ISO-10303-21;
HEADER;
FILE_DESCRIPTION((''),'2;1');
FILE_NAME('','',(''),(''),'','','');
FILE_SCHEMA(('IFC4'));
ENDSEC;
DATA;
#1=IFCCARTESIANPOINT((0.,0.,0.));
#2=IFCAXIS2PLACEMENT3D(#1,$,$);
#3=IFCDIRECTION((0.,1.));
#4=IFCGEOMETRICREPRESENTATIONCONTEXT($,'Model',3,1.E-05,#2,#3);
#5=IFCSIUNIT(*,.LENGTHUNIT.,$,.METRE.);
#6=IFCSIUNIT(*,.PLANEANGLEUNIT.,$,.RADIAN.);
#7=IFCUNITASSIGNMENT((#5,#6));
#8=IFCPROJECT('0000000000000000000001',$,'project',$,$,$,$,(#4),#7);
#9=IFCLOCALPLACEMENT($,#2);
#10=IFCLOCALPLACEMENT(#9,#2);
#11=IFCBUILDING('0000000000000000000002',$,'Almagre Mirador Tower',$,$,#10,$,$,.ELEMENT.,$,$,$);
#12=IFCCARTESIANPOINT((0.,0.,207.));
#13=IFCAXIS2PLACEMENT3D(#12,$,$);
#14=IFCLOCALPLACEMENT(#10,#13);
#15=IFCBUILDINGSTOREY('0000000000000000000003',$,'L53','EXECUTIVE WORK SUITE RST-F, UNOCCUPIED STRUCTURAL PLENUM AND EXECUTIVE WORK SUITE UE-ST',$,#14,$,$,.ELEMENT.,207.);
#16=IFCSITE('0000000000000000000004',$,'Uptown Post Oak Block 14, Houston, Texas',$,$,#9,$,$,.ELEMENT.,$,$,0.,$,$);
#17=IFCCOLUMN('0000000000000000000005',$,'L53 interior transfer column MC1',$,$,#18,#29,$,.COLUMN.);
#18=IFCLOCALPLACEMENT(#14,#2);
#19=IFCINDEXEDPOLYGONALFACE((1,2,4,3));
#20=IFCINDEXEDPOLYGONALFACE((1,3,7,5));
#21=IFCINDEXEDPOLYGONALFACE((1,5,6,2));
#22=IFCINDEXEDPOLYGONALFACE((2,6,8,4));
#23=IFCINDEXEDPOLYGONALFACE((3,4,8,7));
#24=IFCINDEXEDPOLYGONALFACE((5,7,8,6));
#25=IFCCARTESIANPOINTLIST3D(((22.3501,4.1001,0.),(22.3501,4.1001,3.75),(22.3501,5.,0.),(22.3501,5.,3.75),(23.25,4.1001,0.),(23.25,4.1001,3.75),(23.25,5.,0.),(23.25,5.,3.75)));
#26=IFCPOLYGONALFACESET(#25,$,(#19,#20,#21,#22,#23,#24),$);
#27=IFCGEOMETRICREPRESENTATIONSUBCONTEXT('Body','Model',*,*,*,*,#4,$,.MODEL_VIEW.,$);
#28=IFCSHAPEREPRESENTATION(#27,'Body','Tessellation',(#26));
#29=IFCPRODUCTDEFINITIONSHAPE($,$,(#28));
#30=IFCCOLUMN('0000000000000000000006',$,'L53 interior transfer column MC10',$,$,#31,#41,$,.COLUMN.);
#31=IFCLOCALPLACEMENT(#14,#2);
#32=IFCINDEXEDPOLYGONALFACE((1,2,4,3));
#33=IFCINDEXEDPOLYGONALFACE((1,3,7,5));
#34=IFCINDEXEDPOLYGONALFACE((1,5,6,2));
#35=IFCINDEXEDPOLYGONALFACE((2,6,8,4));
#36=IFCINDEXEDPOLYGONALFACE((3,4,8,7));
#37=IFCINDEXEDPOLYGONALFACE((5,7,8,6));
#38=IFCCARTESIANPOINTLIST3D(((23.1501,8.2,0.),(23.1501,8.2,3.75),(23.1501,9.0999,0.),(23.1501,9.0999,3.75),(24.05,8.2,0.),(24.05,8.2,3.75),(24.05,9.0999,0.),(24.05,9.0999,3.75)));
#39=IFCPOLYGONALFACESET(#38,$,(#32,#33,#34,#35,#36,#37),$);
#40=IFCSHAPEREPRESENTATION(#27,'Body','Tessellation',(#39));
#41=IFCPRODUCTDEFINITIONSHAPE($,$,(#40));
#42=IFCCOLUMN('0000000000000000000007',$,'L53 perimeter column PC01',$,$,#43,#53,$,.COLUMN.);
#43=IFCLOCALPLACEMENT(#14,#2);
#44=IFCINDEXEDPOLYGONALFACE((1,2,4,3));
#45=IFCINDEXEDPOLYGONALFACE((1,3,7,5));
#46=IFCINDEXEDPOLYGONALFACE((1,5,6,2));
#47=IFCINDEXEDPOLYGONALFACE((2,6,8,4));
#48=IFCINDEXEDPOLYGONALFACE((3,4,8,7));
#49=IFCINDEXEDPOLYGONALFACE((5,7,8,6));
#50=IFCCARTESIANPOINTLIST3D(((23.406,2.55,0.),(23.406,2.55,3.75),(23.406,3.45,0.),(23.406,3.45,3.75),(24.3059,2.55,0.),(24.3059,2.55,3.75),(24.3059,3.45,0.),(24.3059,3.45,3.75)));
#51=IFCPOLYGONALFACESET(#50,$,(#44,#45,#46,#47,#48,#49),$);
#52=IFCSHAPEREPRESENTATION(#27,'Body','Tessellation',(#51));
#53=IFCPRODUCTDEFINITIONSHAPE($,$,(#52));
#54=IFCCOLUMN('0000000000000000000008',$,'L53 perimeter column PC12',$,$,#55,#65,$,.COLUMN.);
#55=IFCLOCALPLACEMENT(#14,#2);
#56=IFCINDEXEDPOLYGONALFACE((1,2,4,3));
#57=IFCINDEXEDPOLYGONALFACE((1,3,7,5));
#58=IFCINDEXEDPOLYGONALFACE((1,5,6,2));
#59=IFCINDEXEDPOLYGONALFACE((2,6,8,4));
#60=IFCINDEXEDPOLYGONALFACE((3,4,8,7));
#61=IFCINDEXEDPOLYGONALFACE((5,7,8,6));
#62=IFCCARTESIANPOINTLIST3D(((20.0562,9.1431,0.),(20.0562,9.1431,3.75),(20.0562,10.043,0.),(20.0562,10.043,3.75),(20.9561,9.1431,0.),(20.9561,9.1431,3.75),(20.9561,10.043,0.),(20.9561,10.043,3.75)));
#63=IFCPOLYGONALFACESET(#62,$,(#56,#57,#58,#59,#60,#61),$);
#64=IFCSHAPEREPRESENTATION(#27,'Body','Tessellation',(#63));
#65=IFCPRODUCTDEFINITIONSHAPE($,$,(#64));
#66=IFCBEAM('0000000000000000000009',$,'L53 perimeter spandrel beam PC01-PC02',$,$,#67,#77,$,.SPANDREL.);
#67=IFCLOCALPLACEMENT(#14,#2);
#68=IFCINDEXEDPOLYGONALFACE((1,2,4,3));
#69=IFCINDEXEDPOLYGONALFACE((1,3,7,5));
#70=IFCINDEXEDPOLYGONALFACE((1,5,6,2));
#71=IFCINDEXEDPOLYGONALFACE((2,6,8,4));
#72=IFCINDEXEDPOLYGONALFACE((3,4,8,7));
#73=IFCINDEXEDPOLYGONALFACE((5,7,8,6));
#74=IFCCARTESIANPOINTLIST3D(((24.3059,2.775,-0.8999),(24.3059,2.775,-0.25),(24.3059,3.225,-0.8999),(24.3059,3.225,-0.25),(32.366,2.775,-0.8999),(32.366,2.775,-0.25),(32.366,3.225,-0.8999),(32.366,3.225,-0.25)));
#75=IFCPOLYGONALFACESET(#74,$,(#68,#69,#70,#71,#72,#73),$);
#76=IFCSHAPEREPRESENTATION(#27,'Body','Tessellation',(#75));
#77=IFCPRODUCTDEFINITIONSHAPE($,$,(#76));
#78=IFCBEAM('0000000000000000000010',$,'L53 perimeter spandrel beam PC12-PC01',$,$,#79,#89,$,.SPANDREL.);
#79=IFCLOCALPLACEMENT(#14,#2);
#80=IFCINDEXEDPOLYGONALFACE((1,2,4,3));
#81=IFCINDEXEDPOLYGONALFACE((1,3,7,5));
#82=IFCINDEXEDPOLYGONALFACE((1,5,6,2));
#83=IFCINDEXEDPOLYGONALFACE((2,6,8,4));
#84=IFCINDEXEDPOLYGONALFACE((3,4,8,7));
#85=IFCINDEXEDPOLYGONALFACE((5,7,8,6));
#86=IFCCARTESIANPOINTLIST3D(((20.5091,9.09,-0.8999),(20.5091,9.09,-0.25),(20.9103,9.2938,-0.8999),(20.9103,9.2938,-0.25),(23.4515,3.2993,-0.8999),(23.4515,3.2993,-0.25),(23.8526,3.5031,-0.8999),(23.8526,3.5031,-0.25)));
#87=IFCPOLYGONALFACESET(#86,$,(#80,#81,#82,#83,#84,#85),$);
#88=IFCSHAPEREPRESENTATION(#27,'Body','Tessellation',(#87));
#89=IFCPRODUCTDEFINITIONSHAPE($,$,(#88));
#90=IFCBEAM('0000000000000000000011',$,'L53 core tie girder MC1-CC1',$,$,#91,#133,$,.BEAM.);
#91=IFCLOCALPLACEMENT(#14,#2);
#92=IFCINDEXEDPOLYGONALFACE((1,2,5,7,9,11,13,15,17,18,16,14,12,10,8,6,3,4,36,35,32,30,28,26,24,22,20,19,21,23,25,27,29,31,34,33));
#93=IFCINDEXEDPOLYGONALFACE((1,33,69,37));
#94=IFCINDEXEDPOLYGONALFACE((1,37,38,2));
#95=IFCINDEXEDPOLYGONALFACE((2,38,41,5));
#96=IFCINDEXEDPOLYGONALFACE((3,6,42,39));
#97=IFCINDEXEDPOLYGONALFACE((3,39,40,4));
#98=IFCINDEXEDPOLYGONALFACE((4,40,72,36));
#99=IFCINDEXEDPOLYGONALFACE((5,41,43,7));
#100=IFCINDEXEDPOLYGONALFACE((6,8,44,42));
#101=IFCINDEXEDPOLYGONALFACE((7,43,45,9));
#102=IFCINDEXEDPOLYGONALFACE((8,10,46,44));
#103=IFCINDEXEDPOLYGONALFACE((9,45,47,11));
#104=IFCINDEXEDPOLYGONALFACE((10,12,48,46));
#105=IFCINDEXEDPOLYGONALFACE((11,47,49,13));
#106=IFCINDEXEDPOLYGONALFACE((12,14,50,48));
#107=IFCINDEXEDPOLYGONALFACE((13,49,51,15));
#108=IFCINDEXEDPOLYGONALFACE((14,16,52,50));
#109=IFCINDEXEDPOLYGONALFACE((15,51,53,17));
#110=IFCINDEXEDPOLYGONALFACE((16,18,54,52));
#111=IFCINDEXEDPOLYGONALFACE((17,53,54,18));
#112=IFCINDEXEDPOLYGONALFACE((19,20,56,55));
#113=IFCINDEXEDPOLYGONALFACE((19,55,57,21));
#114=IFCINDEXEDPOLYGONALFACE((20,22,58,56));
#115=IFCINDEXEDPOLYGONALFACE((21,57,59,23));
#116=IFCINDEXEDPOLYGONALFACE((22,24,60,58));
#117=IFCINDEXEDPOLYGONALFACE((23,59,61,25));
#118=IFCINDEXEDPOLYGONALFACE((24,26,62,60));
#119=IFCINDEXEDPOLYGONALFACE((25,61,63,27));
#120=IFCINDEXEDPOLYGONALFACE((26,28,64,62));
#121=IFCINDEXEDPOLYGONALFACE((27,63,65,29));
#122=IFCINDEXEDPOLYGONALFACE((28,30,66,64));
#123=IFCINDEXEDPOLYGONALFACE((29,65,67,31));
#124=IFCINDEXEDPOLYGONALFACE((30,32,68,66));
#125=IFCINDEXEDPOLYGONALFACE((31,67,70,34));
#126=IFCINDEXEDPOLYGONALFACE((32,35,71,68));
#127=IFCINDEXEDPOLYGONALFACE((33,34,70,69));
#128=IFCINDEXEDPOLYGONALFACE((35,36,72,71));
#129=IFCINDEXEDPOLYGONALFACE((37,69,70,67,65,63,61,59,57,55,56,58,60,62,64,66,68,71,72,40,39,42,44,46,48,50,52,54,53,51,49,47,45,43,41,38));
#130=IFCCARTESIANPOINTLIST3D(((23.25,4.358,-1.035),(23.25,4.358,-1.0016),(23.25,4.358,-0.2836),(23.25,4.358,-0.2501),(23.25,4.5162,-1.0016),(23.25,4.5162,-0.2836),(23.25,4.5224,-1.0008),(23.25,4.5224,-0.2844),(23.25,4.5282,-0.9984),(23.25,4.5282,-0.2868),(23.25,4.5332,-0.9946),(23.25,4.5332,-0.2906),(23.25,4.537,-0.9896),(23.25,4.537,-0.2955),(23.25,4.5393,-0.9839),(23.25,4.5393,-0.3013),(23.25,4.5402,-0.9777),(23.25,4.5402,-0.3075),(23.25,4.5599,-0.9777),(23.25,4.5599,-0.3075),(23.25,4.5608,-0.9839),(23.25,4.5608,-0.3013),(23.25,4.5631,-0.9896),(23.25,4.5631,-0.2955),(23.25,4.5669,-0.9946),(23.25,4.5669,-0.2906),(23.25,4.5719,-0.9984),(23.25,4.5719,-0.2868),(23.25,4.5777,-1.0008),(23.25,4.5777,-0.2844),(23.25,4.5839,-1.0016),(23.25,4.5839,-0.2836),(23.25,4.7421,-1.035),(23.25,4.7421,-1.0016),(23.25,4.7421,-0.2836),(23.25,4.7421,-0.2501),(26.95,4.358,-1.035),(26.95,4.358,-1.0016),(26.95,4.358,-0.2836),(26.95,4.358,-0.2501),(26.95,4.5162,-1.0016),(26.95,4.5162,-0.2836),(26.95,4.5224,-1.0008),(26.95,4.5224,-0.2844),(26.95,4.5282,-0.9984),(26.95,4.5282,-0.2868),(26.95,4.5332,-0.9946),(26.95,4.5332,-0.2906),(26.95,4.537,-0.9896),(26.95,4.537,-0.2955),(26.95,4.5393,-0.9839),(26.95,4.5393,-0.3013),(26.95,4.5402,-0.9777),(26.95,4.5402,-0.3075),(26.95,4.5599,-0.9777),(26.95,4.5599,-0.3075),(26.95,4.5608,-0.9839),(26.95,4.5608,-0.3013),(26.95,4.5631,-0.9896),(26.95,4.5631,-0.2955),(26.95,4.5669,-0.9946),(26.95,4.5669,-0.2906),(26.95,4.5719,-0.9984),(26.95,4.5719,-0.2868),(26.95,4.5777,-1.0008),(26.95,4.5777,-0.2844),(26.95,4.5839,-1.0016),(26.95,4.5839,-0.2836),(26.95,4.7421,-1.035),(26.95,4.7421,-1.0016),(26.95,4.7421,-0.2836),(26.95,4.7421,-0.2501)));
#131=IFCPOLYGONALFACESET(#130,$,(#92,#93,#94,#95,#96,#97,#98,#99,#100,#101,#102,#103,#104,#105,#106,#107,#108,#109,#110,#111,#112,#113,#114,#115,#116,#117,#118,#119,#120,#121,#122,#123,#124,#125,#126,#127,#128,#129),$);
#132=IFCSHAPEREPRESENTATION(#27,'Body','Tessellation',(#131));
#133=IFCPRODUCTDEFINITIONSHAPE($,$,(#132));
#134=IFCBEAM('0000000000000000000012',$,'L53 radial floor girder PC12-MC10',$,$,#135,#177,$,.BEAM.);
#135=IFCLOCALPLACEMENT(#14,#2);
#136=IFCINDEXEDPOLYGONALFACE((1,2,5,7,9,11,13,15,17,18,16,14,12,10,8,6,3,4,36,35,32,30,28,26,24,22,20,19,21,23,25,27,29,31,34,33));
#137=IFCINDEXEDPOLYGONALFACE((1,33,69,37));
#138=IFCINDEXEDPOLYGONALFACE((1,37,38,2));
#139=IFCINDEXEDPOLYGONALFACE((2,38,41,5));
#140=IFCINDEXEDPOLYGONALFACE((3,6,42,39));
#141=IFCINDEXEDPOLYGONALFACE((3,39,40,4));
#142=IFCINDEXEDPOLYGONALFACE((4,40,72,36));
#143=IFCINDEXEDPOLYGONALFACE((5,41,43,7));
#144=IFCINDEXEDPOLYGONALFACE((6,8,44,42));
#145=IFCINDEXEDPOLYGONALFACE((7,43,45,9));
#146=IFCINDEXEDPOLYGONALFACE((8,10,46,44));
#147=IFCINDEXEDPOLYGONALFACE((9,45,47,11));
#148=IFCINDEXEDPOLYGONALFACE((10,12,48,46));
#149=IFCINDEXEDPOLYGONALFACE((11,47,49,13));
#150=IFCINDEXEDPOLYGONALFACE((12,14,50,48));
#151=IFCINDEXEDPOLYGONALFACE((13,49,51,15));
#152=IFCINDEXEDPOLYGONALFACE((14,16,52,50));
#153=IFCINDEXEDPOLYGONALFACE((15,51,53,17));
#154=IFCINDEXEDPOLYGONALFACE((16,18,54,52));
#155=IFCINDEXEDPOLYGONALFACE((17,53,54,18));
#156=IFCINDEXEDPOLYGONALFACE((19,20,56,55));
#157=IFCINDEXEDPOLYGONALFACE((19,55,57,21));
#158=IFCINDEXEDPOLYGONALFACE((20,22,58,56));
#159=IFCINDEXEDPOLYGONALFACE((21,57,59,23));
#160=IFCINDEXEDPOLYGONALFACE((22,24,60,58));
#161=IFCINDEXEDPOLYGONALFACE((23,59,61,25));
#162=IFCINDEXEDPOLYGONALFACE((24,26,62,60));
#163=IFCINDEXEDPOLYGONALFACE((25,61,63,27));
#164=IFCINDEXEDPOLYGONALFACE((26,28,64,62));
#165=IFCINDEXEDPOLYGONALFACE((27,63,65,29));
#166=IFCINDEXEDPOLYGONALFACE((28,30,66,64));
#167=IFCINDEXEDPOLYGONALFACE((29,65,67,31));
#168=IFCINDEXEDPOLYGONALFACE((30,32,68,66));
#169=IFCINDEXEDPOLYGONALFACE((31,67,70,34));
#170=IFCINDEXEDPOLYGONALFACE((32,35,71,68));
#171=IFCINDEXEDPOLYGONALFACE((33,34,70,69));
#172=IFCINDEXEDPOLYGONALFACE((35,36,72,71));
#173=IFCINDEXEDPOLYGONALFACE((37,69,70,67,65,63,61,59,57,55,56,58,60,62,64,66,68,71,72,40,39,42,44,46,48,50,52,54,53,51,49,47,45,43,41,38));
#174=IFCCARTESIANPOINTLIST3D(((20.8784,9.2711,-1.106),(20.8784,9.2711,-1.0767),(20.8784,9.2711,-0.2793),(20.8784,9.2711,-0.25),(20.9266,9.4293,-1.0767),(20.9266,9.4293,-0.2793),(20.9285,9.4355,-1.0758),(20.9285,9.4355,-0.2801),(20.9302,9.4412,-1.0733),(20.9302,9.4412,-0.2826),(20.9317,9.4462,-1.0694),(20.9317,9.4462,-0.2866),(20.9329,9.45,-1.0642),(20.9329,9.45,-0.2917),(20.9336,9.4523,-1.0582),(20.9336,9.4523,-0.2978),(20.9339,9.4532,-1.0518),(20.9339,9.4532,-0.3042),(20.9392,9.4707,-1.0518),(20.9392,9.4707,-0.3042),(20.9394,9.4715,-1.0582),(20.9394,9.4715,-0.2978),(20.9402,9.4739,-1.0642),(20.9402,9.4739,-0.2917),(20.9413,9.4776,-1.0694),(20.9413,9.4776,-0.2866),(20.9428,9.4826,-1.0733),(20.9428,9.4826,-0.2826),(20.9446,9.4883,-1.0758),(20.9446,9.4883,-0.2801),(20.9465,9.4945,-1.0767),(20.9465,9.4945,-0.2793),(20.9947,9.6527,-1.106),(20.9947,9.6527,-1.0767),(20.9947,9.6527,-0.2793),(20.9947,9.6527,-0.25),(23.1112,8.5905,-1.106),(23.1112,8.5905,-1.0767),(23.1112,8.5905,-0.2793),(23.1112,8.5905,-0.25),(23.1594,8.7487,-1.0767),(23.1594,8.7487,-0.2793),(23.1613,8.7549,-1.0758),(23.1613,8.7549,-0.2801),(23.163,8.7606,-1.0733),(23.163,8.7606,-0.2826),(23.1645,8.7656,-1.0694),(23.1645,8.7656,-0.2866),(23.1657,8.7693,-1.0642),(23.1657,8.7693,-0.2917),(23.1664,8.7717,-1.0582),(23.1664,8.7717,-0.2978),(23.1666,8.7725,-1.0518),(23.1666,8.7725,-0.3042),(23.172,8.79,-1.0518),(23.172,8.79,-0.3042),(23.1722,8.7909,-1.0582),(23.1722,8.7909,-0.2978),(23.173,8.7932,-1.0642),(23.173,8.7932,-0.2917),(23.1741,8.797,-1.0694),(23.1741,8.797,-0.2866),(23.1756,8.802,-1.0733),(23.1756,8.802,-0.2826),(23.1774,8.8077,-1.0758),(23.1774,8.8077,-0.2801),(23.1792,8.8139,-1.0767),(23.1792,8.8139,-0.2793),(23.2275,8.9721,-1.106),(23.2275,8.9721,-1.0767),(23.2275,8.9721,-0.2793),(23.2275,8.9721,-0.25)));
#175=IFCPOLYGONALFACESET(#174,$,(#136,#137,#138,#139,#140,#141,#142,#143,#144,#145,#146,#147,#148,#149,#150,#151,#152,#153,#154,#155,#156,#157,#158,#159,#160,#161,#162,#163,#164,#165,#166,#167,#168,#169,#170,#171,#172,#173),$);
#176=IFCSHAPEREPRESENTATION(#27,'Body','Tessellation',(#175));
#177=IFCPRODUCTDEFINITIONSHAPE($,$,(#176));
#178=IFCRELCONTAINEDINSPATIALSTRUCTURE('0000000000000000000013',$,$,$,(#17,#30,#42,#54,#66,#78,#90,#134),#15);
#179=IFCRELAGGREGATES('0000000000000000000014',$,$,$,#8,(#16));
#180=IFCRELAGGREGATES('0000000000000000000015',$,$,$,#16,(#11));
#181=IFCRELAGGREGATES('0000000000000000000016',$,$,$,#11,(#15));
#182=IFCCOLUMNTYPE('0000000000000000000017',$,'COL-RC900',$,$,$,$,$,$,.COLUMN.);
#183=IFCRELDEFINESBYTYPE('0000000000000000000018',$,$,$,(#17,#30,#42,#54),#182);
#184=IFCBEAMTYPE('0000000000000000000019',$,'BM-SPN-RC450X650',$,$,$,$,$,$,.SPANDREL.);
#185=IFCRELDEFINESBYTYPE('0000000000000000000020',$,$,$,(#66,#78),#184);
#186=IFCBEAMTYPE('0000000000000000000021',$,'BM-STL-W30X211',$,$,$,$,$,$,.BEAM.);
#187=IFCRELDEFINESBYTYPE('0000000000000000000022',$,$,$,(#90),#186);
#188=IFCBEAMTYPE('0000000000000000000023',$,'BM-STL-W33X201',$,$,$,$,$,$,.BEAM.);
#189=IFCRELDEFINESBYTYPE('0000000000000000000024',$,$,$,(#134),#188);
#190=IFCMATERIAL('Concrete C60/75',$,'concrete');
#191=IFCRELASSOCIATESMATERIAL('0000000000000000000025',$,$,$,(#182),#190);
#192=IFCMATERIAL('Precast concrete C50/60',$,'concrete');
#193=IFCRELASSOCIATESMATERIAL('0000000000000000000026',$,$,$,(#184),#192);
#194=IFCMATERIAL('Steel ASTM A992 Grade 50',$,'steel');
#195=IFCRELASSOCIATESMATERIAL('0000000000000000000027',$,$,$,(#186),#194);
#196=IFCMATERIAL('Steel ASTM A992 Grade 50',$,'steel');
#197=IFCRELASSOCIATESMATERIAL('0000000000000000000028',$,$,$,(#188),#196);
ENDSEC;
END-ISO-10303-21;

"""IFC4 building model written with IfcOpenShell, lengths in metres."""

from ifc_helpers import new_model, si_unit, direction, frame, origin, origin_2d, place, context, subcontext, project, spatial, rectangle, i_section, extrude, material, material_profile, profile_set, type_object, element, save


model = new_model("IFC4")

# Units and contexts
model_context = context("Model", 3, precision=1e-05, world=origin(), true_north=direction((0.0, 1.0)))
body_context = subcontext(model_context, "Body", "Model", "MODEL_VIEW")
ifc_project = project(units=[si_unit("LENGTHUNIT", "METRE"), si_unit("PLANEANGLEUNIT", "RADIAN")], contexts=[model_context])

# Site, building, storey
site_placement = place(None, origin())
site = spatial("IfcSite", under=ifc_project, at=site_placement, Name="Uptown Post Oak Block 14, Houston, Texas", CompositionType="ELEMENT", RefElevation=0.0)
building_placement = place(site_placement, origin())
building = spatial("IfcBuilding", under=site, at=building_placement, Name="Almagre Mirador Tower", CompositionType="ELEMENT")
storey_placement = place(building_placement, frame((0.0, 0.0, 207.0)))
storey = spatial("IfcBuildingStorey", under=building, at=storey_placement, Name="L53", Description="EXECUTIVE WORK SUITE RST-F, UNOCCUPIED STRUCTURAL PLENUM AND EXECUTIVE WORK SUITE UE-ST", CompositionType="ELEMENT", Elevation=207.0)

# Columns
ifc_material_1 = material(Name="Concrete C60/75", Category="concrete")
ifc_material_profile_1 = material_profile(ifc_material_1, rectangle(XDim=0.8999, YDim=0.8999, at=origin_2d()), Name="RC900X900")
ifc_profile_set_1 = profile_set([ifc_material_profile_1], Name="Concrete C60/75")
column_type = type_object("IfcColumnType", Name="COL-RC900", PredefinedType="COLUMN", material=ifc_profile_set_1)
for number, where, z_axis, x_axis, name in (
    (1, (22.8, 4.55, 0.0), (0.0, 0.0, 1.0), (1.0, 0.0, 0.0), "L53 interior transfer column MC1"),
    (2, (23.6001, 8.6499, 0.0), (0.0, 0.0, 1.0), (1.0, 0.0, 0.0), "L53 interior transfer column MC10"),
    (3, (23.856, 3.0, 0.0), (0.0, 0.0, 1.0), (1.0, 0.0, 0.0), "L53 perimeter column PC01"),
    (4, (20.5061, 9.593, 0.0), (0.0, 0.0, 1.0), (1.0, 0.0, 0.0), "L53 perimeter column PC12"),
):
    element("IfcColumn", number, at=place(storey_placement, frame(where, z_axis=z_axis, x_axis=x_axis)), inside=storey, type_object=column_type, Name=name, PredefinedType="COLUMN", context=body_context, shape_type="SweptSolid", body=[
        extrude(rectangle(XDim=0.8999, YDim=0.8999, at=origin_2d()), origin(), (0.0, 0.0, 1.0), 3.75),
    ])

# Beams
ifc_material_2 = material(Name="Precast concrete C50/60", Category="concrete")
ifc_material_profile_2 = material_profile(ifc_material_2, rectangle(XDim=0.45, YDim=0.6499, at=origin_2d()), Name="RC450X650")
ifc_profile_set_2 = profile_set([ifc_material_profile_2], Name="Precast concrete C50/60")
beam_type_1 = type_object("IfcBeamType", Name="BM-SPN-RC450X650", PredefinedType="SPANDREL", material=ifc_profile_set_2)
beam_1_placement = place(storey_placement, frame((24.3059, 3.0, -0.575), z_axis=(1.0, 0.0, 0.0), x_axis=(0.0, 1.0, 0.0)))
element("IfcBeam", 5, at=beam_1_placement, inside=storey, type_object=beam_type_1, Name="L53 perimeter spandrel beam PC01-PC02", PredefinedType="SPANDREL", context=body_context, shape_type="SweptSolid", body=[
    extrude(rectangle(XDim=0.45, YDim=0.6499, at=origin_2d()), origin(), (0.0, 0.0, 1.0), 8.0601),
])
beam_2_placement = place(storey_placement, frame((20.7097, 9.1919, -0.575), z_axis=(0.452993, -0.891514, 0.0), x_axis=(0.891514, 0.452993, 0.0)))
element("IfcBeam", 6, at=beam_2_placement, inside=storey, type_object=beam_type_1, Name="L53 perimeter spandrel beam PC12-PC01", PredefinedType="SPANDREL", context=body_context, shape_type="SweptSolid", body=[
    extrude(rectangle(XDim=0.45, YDim=0.6499, at=origin_2d()), origin(), (0.0, 0.0, 1.0), 6.4954),
])
ifc_material_3 = material(Name="Steel ASTM A992 Grade 50", Category="steel")
ifc_material_profile_3 = material_profile(ifc_material_3, i_section(OverallWidth=0.384, OverallDepth=0.7849, WebThickness=0.0198, FlangeThickness=0.0334, FilletRadius=0.0239, at=origin_2d()), Name="W30X211")
ifc_profile_set_3 = profile_set([ifc_material_profile_3], Name="Steel ASTM A992 Grade 50")
beam_type_2 = type_object("IfcBeamType", Name="BM-STL-W30X211", PredefinedType="BEAM", material=ifc_profile_set_3)
beam_3_placement = place(storey_placement, frame((23.25, 4.55, -0.6426), z_axis=(1.0, 0.0, 0.0), x_axis=(0.0, 1.0, 0.0)))
element("IfcBeam", 7, at=beam_3_placement, inside=storey, type_object=beam_type_2, Name="L53 core tie girder MC1-CC1", PredefinedType="BEAM", context=body_context, shape_type="SweptSolid", body=[
    extrude(i_section(OverallWidth=0.384, OverallDepth=0.7849, WebThickness=0.0198, FlangeThickness=0.0334, FilletRadius=0.0239, at=origin_2d()), origin(), (0.0, 0.0, 1.0), 3.7),
])
ifc_material_4 = material(Name="Steel ASTM A992 Grade 50", Category="steel")
ifc_material_profile_4 = material_profile(ifc_material_4, i_section(OverallWidth=0.3989, OverallDepth=0.856, WebThickness=0.0183, FlangeThickness=0.0293, FilletRadius=0.0249, at=origin_2d()), Name="W33X201")
ifc_profile_set_4 = profile_set([ifc_material_profile_4], Name="Steel ASTM A992 Grade 50")
beam_type_3 = type_object("IfcBeamType", Name="BM-STL-W33X201", PredefinedType="BEAM", material=ifc_profile_set_4)
beam_4_placement = place(storey_placement, frame((20.9365, 9.4619, -0.678), z_axis=(0.956545, -0.291586, 0.0), x_axis=(0.291586, 0.956545, 0.0)))
element("IfcBeam", 8, at=beam_4_placement, inside=storey, type_object=beam_type_3, Name="L53 radial floor girder PC12-MC10", PredefinedType="BEAM", context=body_context, shape_type="SweptSolid", body=[
    extrude(i_section(OverallWidth=0.3989, OverallDepth=0.856, WebThickness=0.0183, FlangeThickness=0.0293, FilletRadius=0.0249, at=origin_2d()), origin(), (0.0, 0.0, 1.0), 2.3342),
])

save(model, "model.ifc")
